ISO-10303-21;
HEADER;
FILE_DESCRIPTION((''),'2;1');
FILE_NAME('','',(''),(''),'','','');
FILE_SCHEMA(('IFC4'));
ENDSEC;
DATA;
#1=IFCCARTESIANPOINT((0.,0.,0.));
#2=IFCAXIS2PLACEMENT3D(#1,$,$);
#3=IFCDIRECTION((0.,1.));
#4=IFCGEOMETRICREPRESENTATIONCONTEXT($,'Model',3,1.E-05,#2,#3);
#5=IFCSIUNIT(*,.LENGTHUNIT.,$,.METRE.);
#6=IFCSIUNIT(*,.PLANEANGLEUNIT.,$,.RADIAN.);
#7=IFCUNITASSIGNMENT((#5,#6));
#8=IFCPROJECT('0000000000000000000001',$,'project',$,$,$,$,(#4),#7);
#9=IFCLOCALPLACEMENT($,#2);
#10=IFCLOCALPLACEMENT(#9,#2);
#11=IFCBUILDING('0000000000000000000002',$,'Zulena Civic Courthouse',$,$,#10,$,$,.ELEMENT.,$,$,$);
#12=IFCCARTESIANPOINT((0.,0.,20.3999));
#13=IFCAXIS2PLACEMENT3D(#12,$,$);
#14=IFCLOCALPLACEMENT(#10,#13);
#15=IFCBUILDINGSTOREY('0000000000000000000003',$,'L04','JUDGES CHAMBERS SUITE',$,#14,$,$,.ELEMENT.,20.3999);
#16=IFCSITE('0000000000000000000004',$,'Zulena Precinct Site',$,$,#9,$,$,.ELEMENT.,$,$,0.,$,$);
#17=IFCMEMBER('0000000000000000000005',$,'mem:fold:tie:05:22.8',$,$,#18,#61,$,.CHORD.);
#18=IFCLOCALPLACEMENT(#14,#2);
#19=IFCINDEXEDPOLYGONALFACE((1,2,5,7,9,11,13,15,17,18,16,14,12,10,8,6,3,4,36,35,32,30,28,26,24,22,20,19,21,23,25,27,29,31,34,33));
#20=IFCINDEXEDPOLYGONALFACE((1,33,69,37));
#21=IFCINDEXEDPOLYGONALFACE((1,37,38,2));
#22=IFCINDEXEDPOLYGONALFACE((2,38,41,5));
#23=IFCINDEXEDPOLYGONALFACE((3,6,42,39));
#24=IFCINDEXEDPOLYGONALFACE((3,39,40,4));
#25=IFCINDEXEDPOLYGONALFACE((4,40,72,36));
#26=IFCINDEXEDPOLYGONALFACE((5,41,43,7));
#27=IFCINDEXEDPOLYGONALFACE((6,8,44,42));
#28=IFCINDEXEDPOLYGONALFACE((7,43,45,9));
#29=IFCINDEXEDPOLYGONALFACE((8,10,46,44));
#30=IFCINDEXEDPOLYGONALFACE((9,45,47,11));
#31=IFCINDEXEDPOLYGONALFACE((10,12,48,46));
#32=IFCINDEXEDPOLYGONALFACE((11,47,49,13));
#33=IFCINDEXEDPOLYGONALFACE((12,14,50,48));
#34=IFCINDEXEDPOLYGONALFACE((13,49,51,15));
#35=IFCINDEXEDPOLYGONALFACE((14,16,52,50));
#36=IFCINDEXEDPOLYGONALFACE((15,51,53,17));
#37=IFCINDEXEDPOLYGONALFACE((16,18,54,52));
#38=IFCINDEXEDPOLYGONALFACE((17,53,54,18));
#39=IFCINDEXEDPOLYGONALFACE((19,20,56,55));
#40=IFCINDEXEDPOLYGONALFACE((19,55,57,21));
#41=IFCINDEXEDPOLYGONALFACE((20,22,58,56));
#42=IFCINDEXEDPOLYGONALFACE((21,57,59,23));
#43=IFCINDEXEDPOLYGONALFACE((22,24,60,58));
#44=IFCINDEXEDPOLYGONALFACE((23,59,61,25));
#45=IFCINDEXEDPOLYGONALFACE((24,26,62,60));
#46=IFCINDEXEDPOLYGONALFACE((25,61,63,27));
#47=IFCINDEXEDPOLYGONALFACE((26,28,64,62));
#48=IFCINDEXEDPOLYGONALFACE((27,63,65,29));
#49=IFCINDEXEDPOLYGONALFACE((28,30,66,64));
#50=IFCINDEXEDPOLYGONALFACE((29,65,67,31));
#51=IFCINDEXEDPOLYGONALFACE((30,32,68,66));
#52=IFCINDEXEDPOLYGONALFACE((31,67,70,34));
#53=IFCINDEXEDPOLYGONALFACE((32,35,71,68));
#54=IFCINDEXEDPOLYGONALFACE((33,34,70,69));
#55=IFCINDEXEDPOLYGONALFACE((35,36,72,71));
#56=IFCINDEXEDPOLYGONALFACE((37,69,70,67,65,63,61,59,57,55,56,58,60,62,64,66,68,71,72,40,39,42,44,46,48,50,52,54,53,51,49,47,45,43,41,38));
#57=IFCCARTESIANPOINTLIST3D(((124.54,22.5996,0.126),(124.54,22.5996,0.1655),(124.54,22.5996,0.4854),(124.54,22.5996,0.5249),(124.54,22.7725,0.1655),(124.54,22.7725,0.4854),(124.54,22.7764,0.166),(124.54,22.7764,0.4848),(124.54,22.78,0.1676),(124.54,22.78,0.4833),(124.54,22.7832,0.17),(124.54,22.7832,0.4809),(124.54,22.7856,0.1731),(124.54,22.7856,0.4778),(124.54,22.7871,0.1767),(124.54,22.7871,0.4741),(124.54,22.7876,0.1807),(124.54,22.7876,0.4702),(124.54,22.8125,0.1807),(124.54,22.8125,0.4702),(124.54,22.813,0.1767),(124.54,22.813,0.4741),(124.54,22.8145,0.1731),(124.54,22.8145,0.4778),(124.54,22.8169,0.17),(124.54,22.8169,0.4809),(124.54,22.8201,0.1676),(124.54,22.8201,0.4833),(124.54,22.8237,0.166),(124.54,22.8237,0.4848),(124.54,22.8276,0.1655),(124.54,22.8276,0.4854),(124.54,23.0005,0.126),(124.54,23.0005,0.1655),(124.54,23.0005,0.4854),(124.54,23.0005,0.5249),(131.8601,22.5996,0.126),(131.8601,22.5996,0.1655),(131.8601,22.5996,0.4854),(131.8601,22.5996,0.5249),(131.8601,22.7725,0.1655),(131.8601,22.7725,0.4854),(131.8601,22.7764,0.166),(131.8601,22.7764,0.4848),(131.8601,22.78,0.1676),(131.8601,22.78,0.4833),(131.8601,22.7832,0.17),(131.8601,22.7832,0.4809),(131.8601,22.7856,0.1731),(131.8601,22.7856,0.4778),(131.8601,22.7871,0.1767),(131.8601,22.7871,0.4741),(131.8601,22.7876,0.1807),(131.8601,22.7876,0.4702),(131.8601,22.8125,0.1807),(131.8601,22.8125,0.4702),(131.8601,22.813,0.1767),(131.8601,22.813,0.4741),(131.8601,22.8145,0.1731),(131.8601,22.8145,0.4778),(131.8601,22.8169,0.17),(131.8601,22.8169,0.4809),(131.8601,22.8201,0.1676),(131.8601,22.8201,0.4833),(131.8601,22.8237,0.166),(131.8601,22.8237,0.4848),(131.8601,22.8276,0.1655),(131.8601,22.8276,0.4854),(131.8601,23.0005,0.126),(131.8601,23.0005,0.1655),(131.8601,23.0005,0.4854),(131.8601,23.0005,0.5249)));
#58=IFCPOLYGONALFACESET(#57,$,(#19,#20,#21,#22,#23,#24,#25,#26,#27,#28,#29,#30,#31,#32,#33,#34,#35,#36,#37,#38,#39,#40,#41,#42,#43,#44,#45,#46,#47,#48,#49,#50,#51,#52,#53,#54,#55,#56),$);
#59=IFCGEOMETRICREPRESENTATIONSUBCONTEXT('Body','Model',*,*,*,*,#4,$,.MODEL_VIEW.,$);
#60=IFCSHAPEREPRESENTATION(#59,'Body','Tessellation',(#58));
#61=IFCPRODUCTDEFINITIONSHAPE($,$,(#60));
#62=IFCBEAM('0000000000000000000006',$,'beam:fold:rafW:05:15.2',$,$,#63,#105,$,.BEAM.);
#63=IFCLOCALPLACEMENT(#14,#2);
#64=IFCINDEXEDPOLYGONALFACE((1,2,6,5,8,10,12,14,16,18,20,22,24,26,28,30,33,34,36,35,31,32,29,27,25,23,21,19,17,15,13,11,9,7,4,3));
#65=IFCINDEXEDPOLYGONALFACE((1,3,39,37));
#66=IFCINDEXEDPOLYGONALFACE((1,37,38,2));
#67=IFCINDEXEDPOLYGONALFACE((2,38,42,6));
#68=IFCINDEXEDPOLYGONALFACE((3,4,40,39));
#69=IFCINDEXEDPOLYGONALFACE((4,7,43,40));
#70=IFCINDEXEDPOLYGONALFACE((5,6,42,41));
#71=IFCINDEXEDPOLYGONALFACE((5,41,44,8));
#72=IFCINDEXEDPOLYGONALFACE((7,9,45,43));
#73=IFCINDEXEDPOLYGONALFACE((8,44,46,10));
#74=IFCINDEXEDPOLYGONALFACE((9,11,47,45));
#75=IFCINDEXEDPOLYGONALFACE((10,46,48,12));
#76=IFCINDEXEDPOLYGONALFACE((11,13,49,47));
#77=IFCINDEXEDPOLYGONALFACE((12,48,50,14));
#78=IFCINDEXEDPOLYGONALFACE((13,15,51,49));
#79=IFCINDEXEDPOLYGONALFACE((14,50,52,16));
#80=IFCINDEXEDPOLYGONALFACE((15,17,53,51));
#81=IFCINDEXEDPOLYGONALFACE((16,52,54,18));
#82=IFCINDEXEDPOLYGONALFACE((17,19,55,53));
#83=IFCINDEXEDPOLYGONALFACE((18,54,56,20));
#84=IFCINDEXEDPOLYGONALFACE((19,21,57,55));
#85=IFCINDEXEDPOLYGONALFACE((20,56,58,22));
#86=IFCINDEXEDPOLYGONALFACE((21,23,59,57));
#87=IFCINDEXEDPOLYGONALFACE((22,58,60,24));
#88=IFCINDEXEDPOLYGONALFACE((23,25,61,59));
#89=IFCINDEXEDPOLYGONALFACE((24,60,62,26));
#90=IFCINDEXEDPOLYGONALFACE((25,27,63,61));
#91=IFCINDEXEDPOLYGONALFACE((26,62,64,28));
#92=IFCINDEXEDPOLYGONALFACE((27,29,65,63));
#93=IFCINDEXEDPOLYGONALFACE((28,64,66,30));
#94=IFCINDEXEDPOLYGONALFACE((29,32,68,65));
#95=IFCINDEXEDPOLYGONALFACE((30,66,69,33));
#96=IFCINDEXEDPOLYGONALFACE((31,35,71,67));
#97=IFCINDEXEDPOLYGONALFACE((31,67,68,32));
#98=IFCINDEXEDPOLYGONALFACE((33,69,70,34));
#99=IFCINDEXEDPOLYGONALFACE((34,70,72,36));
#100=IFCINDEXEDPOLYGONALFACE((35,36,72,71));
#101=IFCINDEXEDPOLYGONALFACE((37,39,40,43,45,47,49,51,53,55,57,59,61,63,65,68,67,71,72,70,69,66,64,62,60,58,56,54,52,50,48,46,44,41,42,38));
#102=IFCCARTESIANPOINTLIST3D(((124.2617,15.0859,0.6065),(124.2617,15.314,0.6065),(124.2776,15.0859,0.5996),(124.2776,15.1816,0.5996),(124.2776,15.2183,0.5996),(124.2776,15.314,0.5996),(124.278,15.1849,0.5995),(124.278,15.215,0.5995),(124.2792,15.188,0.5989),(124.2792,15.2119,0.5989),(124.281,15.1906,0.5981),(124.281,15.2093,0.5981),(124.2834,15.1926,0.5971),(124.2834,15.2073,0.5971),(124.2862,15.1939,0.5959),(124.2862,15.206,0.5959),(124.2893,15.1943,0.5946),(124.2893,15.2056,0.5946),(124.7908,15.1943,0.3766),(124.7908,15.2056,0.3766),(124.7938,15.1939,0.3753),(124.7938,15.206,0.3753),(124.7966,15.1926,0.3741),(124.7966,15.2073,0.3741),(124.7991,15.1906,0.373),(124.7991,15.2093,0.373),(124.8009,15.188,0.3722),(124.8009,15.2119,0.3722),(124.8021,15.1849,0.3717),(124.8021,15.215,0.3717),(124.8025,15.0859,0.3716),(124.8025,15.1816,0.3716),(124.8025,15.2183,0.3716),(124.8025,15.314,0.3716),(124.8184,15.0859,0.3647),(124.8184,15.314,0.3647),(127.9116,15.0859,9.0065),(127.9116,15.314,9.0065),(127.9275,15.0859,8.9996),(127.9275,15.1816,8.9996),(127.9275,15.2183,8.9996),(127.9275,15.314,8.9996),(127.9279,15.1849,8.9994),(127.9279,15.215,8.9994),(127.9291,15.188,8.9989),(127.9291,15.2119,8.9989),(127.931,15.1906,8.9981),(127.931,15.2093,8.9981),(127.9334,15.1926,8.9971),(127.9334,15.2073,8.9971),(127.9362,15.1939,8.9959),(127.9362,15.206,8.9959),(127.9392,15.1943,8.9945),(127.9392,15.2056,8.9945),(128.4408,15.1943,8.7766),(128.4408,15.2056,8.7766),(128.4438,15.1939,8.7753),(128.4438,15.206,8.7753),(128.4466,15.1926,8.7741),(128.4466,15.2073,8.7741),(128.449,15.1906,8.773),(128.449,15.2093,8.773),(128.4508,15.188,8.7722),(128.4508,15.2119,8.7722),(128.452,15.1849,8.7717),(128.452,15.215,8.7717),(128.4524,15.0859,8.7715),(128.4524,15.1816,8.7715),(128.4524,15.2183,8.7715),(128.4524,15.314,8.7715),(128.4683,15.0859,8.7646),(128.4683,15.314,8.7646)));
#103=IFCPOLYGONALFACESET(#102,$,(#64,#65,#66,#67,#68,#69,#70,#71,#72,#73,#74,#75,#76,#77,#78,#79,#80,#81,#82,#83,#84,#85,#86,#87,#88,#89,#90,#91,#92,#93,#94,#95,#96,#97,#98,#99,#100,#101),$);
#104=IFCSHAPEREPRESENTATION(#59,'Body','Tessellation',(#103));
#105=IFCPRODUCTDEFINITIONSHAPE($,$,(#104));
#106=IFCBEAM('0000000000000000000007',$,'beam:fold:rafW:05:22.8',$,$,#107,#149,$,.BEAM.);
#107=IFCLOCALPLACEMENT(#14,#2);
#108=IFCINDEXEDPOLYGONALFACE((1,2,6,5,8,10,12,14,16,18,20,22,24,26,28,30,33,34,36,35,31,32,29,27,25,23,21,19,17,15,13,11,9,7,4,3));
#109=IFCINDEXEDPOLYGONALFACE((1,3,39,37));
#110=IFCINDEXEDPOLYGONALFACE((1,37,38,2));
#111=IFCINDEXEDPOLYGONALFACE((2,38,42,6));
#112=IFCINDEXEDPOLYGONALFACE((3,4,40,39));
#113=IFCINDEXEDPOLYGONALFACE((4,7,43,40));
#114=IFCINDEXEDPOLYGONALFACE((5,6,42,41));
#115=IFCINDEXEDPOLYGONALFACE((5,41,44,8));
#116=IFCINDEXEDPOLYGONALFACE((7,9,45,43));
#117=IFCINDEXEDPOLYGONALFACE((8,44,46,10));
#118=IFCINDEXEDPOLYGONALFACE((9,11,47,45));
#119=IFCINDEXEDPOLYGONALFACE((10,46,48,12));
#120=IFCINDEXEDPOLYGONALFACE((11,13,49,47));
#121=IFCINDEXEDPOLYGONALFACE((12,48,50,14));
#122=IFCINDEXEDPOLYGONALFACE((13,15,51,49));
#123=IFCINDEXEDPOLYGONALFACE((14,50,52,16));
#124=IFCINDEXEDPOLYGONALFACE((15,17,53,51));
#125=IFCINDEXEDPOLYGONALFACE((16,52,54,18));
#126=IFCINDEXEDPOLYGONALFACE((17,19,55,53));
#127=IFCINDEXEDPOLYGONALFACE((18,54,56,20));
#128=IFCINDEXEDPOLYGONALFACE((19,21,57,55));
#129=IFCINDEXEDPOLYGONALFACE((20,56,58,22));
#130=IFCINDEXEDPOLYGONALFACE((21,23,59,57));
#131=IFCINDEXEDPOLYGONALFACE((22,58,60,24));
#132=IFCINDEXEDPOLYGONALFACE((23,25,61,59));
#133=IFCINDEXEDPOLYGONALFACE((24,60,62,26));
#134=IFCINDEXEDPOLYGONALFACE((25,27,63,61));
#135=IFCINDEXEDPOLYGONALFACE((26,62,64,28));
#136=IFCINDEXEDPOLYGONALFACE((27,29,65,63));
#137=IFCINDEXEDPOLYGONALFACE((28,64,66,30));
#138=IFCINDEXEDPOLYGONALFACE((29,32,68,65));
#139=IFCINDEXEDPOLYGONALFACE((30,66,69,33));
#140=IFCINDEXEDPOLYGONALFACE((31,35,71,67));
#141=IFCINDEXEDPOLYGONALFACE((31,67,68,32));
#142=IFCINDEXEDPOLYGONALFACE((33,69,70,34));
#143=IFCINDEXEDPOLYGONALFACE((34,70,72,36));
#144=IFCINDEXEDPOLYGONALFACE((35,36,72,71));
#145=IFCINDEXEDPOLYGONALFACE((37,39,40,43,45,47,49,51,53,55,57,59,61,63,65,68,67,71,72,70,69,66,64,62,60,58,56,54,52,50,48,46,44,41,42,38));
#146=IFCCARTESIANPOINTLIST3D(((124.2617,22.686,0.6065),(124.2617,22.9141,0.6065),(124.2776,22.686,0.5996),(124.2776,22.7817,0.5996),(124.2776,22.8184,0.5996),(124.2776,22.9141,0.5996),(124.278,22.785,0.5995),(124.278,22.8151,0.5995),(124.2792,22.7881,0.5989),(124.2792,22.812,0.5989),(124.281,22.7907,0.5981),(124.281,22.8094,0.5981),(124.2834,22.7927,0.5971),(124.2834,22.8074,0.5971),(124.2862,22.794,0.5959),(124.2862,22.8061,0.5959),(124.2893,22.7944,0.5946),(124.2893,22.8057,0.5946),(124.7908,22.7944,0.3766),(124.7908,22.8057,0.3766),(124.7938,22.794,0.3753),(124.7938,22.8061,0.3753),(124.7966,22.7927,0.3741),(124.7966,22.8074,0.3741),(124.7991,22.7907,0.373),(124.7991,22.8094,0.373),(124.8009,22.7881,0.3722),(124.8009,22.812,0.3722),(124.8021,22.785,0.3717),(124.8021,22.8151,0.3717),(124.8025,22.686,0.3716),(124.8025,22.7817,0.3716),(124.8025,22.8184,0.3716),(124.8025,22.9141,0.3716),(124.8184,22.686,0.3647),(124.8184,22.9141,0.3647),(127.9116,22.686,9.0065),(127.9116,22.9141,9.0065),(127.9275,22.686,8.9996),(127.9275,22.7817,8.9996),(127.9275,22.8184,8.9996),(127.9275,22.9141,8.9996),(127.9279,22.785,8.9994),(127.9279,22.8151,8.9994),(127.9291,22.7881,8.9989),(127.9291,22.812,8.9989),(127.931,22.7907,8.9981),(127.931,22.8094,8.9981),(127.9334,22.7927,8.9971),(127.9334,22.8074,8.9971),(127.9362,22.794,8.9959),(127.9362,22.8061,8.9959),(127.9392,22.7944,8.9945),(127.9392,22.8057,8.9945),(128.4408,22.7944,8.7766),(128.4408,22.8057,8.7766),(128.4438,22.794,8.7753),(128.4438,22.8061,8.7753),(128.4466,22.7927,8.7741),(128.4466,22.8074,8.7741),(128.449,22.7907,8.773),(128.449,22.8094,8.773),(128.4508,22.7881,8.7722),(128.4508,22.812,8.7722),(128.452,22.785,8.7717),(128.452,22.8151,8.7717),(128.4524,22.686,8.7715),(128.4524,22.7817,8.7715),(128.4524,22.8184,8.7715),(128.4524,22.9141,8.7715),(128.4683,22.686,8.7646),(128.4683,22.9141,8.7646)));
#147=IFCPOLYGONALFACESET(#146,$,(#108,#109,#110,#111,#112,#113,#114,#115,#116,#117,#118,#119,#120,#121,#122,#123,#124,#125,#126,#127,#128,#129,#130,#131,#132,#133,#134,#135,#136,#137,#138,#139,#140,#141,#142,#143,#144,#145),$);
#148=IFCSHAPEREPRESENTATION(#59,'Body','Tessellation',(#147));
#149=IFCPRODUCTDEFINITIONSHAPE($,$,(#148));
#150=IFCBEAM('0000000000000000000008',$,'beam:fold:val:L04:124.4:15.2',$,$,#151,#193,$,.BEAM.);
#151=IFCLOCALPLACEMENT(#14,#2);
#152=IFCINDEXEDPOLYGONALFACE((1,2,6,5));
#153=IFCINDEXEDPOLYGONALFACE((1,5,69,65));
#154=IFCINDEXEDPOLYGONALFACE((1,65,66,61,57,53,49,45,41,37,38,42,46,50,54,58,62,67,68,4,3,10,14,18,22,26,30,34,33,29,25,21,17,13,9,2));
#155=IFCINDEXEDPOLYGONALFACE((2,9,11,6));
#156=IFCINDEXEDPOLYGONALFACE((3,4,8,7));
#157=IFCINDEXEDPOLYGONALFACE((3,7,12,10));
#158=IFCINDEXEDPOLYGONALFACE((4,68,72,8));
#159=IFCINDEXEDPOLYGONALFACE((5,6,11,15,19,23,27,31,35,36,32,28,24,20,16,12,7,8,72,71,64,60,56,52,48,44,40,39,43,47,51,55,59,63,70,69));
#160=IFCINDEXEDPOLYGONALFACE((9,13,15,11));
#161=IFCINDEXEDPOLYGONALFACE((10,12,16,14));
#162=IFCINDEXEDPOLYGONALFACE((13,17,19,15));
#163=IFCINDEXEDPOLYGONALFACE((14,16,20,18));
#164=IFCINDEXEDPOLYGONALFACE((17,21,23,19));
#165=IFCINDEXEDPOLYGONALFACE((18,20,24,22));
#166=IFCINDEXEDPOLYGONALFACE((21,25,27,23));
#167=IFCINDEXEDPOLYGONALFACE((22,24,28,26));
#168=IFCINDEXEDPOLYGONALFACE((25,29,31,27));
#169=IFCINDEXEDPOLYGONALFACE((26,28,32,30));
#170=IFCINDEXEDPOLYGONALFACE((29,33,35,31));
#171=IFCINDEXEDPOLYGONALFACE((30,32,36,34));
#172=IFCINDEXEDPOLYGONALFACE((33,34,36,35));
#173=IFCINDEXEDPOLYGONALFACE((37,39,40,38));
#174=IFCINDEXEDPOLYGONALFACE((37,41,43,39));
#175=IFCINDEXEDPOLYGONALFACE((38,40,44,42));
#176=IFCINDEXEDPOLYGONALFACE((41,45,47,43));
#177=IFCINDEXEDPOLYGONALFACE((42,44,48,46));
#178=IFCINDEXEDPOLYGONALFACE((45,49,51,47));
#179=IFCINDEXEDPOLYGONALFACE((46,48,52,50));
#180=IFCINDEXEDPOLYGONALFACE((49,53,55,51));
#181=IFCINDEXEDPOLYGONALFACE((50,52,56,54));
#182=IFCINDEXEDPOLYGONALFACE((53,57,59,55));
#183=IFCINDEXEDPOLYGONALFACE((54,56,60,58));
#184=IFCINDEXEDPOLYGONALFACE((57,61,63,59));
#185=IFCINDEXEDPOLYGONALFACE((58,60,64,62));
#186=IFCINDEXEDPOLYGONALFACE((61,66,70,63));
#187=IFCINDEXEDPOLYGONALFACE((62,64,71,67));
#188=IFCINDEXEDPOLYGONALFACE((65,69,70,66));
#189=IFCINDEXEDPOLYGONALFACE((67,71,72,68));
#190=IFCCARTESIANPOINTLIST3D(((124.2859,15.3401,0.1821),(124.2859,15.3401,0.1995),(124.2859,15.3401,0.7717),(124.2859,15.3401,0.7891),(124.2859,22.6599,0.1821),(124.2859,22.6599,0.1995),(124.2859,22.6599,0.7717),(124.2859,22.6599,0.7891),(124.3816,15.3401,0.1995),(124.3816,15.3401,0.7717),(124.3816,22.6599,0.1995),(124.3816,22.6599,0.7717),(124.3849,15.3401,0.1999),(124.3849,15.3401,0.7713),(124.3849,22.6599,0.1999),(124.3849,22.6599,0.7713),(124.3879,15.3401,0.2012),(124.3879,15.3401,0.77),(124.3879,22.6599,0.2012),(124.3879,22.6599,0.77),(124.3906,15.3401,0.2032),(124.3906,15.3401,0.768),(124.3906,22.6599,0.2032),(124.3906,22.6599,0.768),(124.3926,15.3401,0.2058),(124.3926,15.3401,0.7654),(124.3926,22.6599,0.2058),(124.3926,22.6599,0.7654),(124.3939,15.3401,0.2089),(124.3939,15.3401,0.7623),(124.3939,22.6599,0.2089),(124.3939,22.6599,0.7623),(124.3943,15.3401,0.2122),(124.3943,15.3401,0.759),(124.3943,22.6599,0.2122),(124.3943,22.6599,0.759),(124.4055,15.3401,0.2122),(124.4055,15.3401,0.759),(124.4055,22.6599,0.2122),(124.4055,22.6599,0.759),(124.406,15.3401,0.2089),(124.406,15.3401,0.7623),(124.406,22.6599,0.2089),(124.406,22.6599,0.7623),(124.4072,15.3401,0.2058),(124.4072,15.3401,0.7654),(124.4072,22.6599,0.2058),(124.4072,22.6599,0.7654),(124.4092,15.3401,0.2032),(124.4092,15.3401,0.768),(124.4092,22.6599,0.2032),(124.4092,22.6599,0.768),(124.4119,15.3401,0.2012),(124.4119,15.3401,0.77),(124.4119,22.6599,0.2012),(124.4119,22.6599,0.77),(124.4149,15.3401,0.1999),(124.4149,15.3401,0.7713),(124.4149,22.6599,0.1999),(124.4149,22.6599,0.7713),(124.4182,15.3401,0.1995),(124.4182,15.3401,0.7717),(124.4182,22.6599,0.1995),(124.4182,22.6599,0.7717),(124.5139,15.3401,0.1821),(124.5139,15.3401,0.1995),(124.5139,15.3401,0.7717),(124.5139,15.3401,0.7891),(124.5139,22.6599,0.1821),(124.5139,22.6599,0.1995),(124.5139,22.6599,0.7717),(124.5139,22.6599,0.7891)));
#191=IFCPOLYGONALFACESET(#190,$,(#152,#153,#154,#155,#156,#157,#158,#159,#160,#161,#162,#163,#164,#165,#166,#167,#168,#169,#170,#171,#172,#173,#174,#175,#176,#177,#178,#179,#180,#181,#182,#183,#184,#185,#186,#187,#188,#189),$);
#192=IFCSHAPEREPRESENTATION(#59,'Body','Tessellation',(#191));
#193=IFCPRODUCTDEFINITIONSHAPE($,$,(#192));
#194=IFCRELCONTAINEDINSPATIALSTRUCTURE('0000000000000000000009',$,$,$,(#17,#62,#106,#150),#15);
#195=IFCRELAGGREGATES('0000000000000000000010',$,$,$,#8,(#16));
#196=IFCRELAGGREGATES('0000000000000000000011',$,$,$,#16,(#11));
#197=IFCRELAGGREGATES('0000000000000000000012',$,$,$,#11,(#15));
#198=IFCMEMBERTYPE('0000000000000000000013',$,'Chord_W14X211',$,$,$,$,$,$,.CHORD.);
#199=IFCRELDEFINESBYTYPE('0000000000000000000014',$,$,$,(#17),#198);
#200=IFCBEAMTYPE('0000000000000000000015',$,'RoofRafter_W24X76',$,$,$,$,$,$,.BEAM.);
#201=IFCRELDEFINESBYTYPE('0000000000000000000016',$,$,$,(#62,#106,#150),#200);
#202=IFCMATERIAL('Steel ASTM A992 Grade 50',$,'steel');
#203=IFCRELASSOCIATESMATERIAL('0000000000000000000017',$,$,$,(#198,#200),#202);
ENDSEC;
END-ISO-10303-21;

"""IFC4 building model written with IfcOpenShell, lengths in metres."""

from ifc_helpers import new_model, si_unit, direction, frame, origin, origin_2d, place, context, subcontext, project, spatial, i_section, extrude, material, material_profile, profile_set, type_object, element, save


model = new_model("IFC4")

# Units and contexts
model_context = context("Model", 3, precision=1e-05, world=origin(), true_north=direction((0.0, 1.0)))
body_context = subcontext(model_context, "Body", "Model", "MODEL_VIEW")
ifc_project = project(units=[si_unit("LENGTHUNIT", "METRE"), si_unit("PLANEANGLEUNIT", "RADIAN")], contexts=[model_context])

# Site, building, storey
site_placement = place(None, origin())
site = spatial("IfcSite", under=ifc_project, at=site_placement, Name="Zulena Precinct Site", CompositionType="ELEMENT", RefElevation=0.0)
building_placement = place(site_placement, origin())
building = spatial("IfcBuilding", under=site, at=building_placement, Name="Zulena Civic Courthouse", CompositionType="ELEMENT")
storey_placement = place(building_placement, frame((0.0, 0.0, 20.3999)))
storey = spatial("IfcBuildingStorey", under=building, at=storey_placement, Name="L04", Description="JUDGES CHAMBERS SUITE", CompositionType="ELEMENT", Elevation=20.3999)

# Shared definitions
ifc_material_1 = material(Name="Steel ASTM A992 Grade 50", Category="steel")

# Member
ifc_material_profile_1 = material_profile(ifc_material_1, i_section(OverallWidth=0.4009, OverallDepth=0.3989, WebThickness=0.0249, FlangeThickness=0.0396, FilletRadius=0.0151, at=origin_2d()), Name="W14X211")
ifc_profile_set_1 = profile_set([ifc_material_profile_1], Name="Steel ASTM A992 Grade 50")
member_type_1 = type_object("IfcMemberType", Name="Chord_W14X211", PredefinedType="CHORD", material=ifc_profile_set_1)
for number, where, z_axis, x_axis, name in (
    (1, (124.54, 22.8, 0.3254), (1.0, 0.0, 0.0), (0.0, 1.0, 0.0), "mem:fold:tie:05:22.8"),
):
    element("IfcMember", number, at=place(storey_placement, frame(where, z_axis=z_axis, x_axis=x_axis)), inside=storey, type_object=member_type_1, Name=name, PredefinedType="CHORD", context=body_context, shape_type="SweptSolid", body=[
        extrude(i_section(OverallWidth=0.4009, OverallDepth=0.3989, WebThickness=0.0249, FlangeThickness=0.0396, FilletRadius=0.0151, at=origin_2d()), origin(), (0.0, 0.0, 1.0), 7.3201),
    ])

# Beams
ifc_material_profile_2 = material_profile(ifc_material_1, i_section(OverallWidth=0.228, OverallDepth=0.6069, WebThickness=0.0112, FlangeThickness=0.0173, FilletRadius=0.0127, at=origin_2d()), Name="W24X76")
ifc_profile_set_2 = profile_set([ifc_material_profile_2], Name="Steel ASTM A992 Grade 50")
beam_type_1 = type_object("IfcBeamType", Name="RoofRafter_W24X76", PredefinedType="BEAM", material=ifc_profile_set_2)
for number, where, z_axis, x_axis, name in (
    (2, (124.54, 15.2, 0.4856), (0.398521, 0.0, 0.917159), (0.0, 1.0, 0.0), "beam:fold:rafW:05:15.2"),
    (3, (124.54, 22.8, 0.4856), (0.398521, 0.0, 0.917159), (0.0, 1.0, 0.0), "beam:fold:rafW:05:22.8"),
):
    element("IfcBeam", number, at=place(storey_placement, frame(where, z_axis=z_axis, x_axis=x_axis)), inside=storey, type_object=beam_type_1, Name=name, PredefinedType="BEAM", context=body_context, shape_type="SweptSolid", body=[
        extrude(i_section(OverallWidth=0.228, OverallDepth=0.6069, WebThickness=0.0112, FlangeThickness=0.0173, FilletRadius=0.0127, at=origin_2d()), origin(), (0.0, 0.0, 1.0), 9.1587),
    ])
beam_1_placement = place(storey_placement, frame((124.3999, 15.3401, 0.4856), z_axis=(0.0, 1.0, 0.0), x_axis=(-1.0, 0.0, 0.0)))
element("IfcBeam", 4, at=beam_1_placement, inside=storey, type_object=beam_type_1, Name="beam:fold:val:L04:124.4:15.2", PredefinedType="BEAM", context=body_context, shape_type="SweptSolid", body=[
    extrude(i_section(OverallWidth=0.228, OverallDepth=0.6069, WebThickness=0.0112, FlangeThickness=0.0173, FilletRadius=0.0127, at=origin_2d()), origin(), (0.0, 0.0, 1.0), 7.3198),
])

save(model, "model.ifc")
